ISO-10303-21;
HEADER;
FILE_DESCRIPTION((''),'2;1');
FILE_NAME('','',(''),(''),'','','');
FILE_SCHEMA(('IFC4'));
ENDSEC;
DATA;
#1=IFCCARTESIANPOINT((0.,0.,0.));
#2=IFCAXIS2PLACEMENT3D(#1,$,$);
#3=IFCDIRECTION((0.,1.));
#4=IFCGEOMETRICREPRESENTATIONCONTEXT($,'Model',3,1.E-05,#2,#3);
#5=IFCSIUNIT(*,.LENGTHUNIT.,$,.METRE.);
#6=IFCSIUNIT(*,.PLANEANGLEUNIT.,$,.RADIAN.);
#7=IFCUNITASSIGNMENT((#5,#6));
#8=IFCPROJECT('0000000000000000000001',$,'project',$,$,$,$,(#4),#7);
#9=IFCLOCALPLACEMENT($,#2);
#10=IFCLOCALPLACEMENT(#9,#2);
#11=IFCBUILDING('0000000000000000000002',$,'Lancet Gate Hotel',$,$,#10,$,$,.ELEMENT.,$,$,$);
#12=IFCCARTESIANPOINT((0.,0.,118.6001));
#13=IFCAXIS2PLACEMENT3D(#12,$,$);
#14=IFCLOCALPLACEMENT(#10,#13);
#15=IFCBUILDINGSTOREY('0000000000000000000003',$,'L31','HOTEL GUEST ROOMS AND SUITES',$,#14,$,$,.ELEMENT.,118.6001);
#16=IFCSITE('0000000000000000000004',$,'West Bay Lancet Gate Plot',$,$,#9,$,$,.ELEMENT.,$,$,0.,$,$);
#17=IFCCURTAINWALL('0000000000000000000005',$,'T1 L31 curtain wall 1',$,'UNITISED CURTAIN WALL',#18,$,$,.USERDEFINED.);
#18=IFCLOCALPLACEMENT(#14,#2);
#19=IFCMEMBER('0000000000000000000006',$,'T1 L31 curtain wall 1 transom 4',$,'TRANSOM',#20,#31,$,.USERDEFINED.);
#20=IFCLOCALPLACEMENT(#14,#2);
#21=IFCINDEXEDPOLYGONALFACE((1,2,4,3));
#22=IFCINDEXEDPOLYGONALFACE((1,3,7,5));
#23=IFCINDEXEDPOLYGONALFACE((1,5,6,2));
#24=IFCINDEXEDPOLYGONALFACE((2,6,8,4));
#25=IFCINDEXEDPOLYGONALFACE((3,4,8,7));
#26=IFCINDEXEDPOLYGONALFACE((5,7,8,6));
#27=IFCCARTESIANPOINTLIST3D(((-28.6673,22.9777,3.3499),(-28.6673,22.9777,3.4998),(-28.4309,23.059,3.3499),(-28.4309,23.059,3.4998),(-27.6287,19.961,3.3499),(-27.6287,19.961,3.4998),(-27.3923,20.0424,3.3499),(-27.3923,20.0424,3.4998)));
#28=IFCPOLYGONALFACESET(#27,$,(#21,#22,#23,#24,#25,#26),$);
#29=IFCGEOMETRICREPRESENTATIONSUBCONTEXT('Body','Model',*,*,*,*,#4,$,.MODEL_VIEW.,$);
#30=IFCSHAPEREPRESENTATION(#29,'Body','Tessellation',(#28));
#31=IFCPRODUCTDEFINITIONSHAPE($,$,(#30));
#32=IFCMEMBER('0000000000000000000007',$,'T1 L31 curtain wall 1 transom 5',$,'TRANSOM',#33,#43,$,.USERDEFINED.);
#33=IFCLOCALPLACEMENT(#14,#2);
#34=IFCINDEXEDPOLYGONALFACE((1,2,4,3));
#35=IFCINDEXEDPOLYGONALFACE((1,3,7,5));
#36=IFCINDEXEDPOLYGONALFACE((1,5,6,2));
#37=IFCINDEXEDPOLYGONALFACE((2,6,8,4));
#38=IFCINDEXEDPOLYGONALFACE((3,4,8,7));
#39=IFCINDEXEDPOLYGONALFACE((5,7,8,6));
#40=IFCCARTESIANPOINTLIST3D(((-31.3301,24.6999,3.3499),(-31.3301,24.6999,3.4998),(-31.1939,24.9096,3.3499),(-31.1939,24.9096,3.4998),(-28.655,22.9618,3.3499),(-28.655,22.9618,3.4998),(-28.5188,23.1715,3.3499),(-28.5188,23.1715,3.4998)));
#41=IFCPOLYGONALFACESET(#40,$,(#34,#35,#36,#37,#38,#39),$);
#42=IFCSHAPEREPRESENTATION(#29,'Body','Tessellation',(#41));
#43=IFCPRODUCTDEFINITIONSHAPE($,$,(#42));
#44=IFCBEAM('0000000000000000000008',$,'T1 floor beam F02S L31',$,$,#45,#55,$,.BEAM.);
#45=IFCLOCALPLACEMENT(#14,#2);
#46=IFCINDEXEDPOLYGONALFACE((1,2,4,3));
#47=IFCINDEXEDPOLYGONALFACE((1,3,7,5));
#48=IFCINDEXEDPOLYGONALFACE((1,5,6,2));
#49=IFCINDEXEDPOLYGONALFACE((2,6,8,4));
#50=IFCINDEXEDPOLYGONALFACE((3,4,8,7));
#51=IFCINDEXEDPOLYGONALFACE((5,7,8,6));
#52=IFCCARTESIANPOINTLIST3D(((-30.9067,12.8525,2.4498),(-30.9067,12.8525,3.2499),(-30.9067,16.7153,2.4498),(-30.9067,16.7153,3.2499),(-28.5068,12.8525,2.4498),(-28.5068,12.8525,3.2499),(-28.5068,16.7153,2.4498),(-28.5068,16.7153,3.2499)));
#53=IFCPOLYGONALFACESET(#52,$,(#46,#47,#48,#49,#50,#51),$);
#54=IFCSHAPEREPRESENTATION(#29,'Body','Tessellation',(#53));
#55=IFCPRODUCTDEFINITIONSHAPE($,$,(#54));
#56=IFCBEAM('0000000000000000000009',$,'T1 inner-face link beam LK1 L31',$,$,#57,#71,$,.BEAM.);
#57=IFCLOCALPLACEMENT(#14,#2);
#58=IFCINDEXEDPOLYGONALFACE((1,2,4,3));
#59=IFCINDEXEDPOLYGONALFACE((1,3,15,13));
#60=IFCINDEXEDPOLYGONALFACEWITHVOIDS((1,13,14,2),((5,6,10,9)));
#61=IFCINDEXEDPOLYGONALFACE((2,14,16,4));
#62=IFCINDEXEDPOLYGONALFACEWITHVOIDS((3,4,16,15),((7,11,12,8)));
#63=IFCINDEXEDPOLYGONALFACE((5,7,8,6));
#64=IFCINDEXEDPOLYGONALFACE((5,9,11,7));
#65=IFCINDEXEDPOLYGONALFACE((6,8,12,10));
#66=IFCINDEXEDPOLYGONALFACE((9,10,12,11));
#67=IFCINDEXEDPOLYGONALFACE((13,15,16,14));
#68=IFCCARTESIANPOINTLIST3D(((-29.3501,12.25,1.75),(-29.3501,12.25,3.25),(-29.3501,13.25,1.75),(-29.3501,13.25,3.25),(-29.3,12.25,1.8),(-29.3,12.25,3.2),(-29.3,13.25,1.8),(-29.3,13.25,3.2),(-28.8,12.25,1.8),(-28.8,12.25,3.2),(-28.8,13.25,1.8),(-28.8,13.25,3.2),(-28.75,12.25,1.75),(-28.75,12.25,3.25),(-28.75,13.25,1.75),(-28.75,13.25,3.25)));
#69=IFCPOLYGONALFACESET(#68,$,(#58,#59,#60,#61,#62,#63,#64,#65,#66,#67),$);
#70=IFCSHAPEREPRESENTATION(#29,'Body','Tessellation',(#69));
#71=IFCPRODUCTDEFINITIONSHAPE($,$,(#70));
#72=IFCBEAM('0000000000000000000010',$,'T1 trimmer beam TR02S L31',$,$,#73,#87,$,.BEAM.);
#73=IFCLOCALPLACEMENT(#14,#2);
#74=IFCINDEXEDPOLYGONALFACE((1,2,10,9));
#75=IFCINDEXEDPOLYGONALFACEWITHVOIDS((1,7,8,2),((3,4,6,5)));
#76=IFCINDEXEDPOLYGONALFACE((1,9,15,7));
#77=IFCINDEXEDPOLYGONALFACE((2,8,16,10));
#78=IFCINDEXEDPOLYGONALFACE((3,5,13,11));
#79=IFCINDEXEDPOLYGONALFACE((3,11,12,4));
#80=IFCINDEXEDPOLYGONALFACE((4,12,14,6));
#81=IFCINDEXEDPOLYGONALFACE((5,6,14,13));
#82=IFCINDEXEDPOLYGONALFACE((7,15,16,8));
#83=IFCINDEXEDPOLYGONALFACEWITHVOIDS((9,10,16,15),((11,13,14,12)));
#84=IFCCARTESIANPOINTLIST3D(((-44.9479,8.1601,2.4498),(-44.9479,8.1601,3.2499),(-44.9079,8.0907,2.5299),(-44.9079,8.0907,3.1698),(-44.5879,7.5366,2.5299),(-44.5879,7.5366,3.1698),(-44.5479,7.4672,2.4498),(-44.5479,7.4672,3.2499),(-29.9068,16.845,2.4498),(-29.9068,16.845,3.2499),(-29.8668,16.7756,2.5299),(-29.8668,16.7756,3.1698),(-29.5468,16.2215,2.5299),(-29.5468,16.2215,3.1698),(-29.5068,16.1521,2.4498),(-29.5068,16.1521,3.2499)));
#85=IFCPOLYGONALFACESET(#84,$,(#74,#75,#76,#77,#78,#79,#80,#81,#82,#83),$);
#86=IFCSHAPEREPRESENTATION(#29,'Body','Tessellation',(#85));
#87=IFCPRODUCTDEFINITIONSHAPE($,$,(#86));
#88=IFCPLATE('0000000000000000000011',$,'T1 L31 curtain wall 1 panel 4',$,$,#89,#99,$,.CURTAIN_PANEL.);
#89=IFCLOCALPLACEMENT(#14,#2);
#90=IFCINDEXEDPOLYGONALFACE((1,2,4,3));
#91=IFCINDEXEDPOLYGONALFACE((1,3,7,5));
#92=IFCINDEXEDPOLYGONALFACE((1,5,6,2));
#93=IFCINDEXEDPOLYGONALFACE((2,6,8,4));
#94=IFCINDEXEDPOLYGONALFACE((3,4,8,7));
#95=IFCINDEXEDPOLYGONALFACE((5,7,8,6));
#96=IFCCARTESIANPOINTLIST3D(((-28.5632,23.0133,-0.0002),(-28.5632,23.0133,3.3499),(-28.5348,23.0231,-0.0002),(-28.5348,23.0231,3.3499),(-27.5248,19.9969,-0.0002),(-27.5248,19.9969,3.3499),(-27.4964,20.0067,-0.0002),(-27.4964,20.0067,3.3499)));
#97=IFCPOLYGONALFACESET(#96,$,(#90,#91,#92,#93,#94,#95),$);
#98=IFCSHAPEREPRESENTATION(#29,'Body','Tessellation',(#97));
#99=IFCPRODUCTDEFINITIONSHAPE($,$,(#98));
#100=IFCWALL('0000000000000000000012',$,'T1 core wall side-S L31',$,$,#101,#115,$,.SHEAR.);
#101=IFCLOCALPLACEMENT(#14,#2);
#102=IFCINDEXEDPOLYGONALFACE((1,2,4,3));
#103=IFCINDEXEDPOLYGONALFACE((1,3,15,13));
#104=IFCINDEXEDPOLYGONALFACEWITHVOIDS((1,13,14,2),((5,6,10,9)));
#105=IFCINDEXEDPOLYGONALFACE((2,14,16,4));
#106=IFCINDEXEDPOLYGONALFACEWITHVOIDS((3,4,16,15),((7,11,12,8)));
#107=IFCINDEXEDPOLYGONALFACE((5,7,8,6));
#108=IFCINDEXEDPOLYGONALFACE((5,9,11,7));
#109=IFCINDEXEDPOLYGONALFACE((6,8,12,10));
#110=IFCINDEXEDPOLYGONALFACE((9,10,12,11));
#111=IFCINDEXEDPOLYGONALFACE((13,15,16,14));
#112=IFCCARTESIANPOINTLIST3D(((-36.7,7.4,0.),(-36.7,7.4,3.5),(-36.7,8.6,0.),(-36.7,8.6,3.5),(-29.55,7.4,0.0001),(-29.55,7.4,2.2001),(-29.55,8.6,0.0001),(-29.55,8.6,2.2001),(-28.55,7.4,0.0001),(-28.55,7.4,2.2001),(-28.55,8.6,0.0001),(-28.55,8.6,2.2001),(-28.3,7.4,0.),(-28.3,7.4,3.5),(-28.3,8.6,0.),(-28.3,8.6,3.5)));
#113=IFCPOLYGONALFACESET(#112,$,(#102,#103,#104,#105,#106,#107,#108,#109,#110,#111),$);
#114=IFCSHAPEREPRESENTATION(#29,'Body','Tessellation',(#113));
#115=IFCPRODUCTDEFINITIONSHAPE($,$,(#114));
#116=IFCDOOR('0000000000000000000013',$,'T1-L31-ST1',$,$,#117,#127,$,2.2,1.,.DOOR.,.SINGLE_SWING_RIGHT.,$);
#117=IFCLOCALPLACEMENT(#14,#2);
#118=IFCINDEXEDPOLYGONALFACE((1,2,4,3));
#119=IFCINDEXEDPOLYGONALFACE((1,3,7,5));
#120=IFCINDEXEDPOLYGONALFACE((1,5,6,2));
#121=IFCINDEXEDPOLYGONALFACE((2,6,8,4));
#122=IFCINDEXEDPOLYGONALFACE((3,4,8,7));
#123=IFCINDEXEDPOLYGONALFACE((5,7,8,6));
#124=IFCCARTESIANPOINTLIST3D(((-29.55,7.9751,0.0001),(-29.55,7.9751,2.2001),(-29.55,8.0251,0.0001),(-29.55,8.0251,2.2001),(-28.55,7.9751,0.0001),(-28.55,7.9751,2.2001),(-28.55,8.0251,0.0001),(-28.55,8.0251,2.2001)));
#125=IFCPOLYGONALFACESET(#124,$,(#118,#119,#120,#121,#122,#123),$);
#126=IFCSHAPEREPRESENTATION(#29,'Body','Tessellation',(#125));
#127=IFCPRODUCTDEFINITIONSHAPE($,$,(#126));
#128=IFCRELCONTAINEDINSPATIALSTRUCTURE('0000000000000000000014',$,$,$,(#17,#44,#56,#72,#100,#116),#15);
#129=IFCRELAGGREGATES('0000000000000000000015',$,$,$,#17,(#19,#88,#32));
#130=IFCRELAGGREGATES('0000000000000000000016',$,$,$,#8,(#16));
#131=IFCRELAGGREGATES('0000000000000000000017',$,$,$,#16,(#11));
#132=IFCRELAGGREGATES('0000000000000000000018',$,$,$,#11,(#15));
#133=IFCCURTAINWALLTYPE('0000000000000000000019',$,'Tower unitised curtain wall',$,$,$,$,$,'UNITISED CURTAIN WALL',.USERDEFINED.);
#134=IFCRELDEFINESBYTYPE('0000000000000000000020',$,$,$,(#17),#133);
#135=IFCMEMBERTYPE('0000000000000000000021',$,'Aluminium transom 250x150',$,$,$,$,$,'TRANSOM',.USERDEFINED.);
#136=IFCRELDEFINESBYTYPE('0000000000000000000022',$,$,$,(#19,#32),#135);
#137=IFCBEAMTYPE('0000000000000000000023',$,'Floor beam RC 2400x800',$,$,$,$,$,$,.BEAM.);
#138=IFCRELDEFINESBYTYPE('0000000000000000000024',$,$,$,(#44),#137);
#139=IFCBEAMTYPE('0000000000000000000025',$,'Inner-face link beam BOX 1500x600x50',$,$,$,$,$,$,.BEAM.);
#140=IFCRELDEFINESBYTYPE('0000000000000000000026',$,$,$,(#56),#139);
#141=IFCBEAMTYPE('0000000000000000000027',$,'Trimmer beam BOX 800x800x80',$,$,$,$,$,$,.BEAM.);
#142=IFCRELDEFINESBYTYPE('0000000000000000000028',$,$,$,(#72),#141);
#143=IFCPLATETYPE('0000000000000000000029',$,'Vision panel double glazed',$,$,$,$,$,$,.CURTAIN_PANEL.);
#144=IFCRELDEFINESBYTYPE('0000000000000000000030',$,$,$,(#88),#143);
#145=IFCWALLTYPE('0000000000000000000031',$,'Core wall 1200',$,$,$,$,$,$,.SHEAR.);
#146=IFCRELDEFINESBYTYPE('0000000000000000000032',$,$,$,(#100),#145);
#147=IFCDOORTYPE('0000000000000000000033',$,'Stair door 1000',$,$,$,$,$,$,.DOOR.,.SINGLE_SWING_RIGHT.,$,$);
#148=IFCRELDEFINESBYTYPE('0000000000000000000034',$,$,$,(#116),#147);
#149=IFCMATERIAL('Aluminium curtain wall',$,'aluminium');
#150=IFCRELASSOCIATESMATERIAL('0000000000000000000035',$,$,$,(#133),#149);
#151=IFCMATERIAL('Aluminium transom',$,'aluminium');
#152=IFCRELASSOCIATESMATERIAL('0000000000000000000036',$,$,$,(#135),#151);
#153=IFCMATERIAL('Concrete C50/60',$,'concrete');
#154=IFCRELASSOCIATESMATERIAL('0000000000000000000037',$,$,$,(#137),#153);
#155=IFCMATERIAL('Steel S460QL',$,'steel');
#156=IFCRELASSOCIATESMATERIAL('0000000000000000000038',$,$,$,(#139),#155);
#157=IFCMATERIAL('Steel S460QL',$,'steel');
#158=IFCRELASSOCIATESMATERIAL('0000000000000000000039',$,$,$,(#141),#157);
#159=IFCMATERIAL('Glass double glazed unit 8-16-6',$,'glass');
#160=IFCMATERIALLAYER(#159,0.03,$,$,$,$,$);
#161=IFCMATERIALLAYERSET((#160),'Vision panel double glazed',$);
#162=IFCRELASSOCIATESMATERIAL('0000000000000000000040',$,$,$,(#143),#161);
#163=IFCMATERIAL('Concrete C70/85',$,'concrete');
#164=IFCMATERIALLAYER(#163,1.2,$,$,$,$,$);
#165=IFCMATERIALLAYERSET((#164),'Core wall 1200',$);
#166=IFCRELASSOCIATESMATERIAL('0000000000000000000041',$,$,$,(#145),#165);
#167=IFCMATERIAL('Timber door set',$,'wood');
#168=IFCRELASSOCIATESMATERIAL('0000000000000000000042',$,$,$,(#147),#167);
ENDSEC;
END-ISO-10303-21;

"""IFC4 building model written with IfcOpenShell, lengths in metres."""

from ifc_helpers import new_model, si_unit, direction, frame, frame_2d, origin, origin_2d, place, context, subcontext, project, spatial, rectangle, hollow_rectangle, extrude, material, layer, layer_set, material_profile, profile_set, type_object, element, fill, aggregate, save


model = new_model("IFC4")

# Units and contexts
model_context = context("Model", 3, precision=1e-05, world=origin(), true_north=direction((0.0, 1.0)))
body_context = subcontext(model_context, "Body", "Model", "MODEL_VIEW")
ifc_project = project(units=[si_unit("LENGTHUNIT", "METRE"), si_unit("PLANEANGLEUNIT", "RADIAN")], contexts=[model_context])

# Site, building, storey
site_placement = place(None, origin())
site = spatial("IfcSite", under=ifc_project, at=site_placement, Name="West Bay Lancet Gate Plot", CompositionType="ELEMENT", RefElevation=0.0)
building_placement = place(site_placement, origin())
building = spatial("IfcBuilding", under=site, at=building_placement, Name="Lancet Gate Hotel", CompositionType="ELEMENT")
storey_placement = place(building_placement, frame((0.0, 0.0, 118.6001)))
storey = spatial("IfcBuildingStorey", under=building, at=storey_placement, Name="L31", Description="HOTEL GUEST ROOMS AND SUITES", CompositionType="ELEMENT", Elevation=118.6001)

# Curtain wall, members
ifc_material_1 = material(Name="Aluminium curtain wall", Category="aluminium")
curtain_wall_type = type_object("IfcCurtainWallType", Name="Tower unitised curtain wall", ElementType="UNITISED CURTAIN WALL", PredefinedType="USERDEFINED", material=ifc_material_1)
curtain_wall_placement = place(storey_placement, origin())
curtain_wall = element("IfcCurtainWall", 1, at=curtain_wall_placement, inside=storey, type_object=curtain_wall_type, Name="T1 L31 curtain wall 1", ObjectType="UNITISED CURTAIN WALL", PredefinedType="USERDEFINED")
ifc_material_2 = material(Name="Aluminium transom", Category="aluminium")
ifc_material_profile_1 = material_profile(ifc_material_2, rectangle(XDim=0.25, YDim=0.1499, at=origin_2d()), Name="TRANSOM 250x150")
ifc_profile_set_1 = profile_set([ifc_material_profile_1], Name="Aluminium transom")
member_type_1 = type_object("IfcMemberType", Name="Aluminium transom 250x150", ElementType="TRANSOM", PredefinedType="USERDEFINED", material=ifc_profile_set_1)
member_1_placement = place(storey_placement, frame((-27.5105, 20.0017, 3.4248), z_axis=(-0.325533, 0.945531, 0.0), x_axis=(-0.945531, -0.325533, 0.0)))
member_1 = element("IfcMember", 2, at=member_1_placement, type_object=member_type_1, Name="T1 L31 curtain wall 1 transom 4", ObjectType="TRANSOM", PredefinedType="USERDEFINED", context=body_context, shape_type="SweptSolid", body=[
    extrude(rectangle(XDim=0.25, YDim=0.1499, at=origin_2d()), origin(), (0.0, 0.0, 1.0), 3.1904),
])
member_2_placement = place(storey_placement, frame((-28.5869, 23.0667, 3.4248), z_axis=(-0.83855, 0.544824, 0.0), x_axis=(-0.544824, -0.83855, 0.0)))
member_2 = element("IfcMember", 3, at=member_2_placement, type_object=member_type_1, Name="T1 L31 curtain wall 1 transom 5", ObjectType="TRANSOM", PredefinedType="USERDEFINED", context=body_context, shape_type="SweptSolid", body=[
    extrude(rectangle(XDim=0.25, YDim=0.1499, at=origin_2d()), origin(), (0.0, 0.0, 1.0), 3.1902),
])

# Beams
ifc_material_3 = material(Name="Concrete C50/60", Category="concrete")
ifc_material_profile_2 = material_profile(ifc_material_3, rectangle(XDim=2.3999, YDim=0.8, at=origin_2d()), Name="RC 2400x800")
ifc_profile_set_2 = profile_set([ifc_material_profile_2], Name="Concrete C50/60")
beam_type_1 = type_object("IfcBeamType", Name="Floor beam RC 2400x800", PredefinedType="BEAM", material=ifc_profile_set_2)
beam_1_placement = place(storey_placement, frame((-29.7068, 16.7153, 2.8499), z_axis=(0.0, -1.0, 0.0), x_axis=(1.0, 0.0, 0.0)))
element("IfcBeam", 4, at=beam_1_placement, inside=storey, type_object=beam_type_1, Name="T1 floor beam F02S L31", PredefinedType="BEAM", context=body_context, shape_type="SweptSolid", body=[
    extrude(rectangle(XDim=2.3999, YDim=0.8, at=origin_2d()), origin(), (0.0, 0.0, 1.0), 3.8628),
])
ifc_material_4 = material(Name="Steel S460QL", Category="steel")
ifc_material_profile_3 = material_profile(ifc_material_4, hollow_rectangle(XDim=0.6001, YDim=1.5, WallThickness=0.05, at=origin_2d()), Name="BOX 1500x600x50")
ifc_profile_set_3 = profile_set([ifc_material_profile_3], Name="Steel S460QL")
beam_type_2 = type_object("IfcBeamType", Name="Inner-face link beam BOX 1500x600x50", PredefinedType="BEAM", material=ifc_profile_set_3)
beam_2_placement = place(storey_placement, frame((-29.05, 13.25, 2.5), z_axis=(0.0, -1.0, 0.0), x_axis=(1.0, 0.0, 0.0)))
element("IfcBeam", 5, at=beam_2_placement, inside=storey, type_object=beam_type_2, Name="T1 inner-face link beam LK1 L31", PredefinedType="BEAM", context=body_context, shape_type="SweptSolid", body=[
    extrude(hollow_rectangle(XDim=0.6001, YDim=1.5, WallThickness=0.05, at=origin_2d()), origin(), (0.0, 0.0, 1.0), 1.0),
])
ifc_material_5 = material(Name="Steel S460QL", Category="steel")
ifc_material_profile_4 = material_profile(ifc_material_5, hollow_rectangle(XDim=0.8, YDim=0.8, WallThickness=0.0801, at=origin_2d()), Name="BOX 800x800x80")
ifc_profile_set_4 = profile_set([ifc_material_profile_4], Name="Steel S460QL")
beam_type_3 = type_object("IfcBeamType", Name="Trimmer beam BOX 800x800x80", PredefinedType="BEAM", material=ifc_profile_set_4)
beam_3_placement = place(storey_placement, frame((-29.7068, 16.4985, 2.8499), z_axis=(-0.866003, -0.500038, 0.0), x_axis=(0.500038, -0.866003, 0.0)))
element("IfcBeam", 6, at=beam_3_placement, inside=storey, type_object=beam_type_3, Name="T1 trimmer beam TR02S L31", PredefinedType="BEAM", context=body_context, shape_type="SweptSolid", body=[
    extrude(hollow_rectangle(XDim=0.8, YDim=0.8, WallThickness=0.0801, at=origin_2d()), origin(), (0.0, 0.0, 1.0), 17.3684),
])

# Plate
ifc_material_6 = material(Name="Glass double glazed unit 8-16-6", Category="glass")
ifc_layer_1 = layer(ifc_material_6, 0.03)
ifc_layer_set_1 = layer_set([ifc_layer_1], Name="Vision panel double glazed")
plate_type = type_object("IfcPlateType", Name="Vision panel double glazed", PredefinedType="CURTAIN_PANEL", material=ifc_layer_set_1)
plate_placement = place(storey_placement, frame((-28.0298, 21.51, -0.0002), z_axis=(0.0, 0.0, 1.0), x_axis=(-0.325516, 0.945537, 0.0)))
plate = element("IfcPlate", 7, at=plate_placement, type_object=plate_type, Name="T1 L31 curtain wall 1 panel 4", PredefinedType="CURTAIN_PANEL", context=body_context, shape_type="SweptSolid", body=[
    extrude(rectangle(XDim=3.1902, YDim=0.03, at=origin_2d()), origin(), (0.0, 0.0, 1.0), 3.3501),
])
aggregate(curtain_wall, [member_1, plate, member_2])

# Wall, opening, door
ifc_material_7 = material(Name="Concrete C70/85", Category="concrete")
ifc_layer_2 = layer(ifc_material_7, 1.2)
ifc_layer_set_2 = layer_set([ifc_layer_2], Name="Core wall 1200")
wall_type_1 = type_object("IfcWallType", Name="Core wall 1200", PredefinedType="SHEAR", material=ifc_layer_set_2)
wall_1_placement = place(storey_placement, frame((-28.3, 8.0, 0.0), z_axis=(0.0, 0.0, 1.0), x_axis=(-1.0, 0.0, 0.0)))
wall_1 = element("IfcWall", 8, at=wall_1_placement, inside=storey, type_object=wall_type_1, Name="T1 core wall side-S L31", PredefinedType="SHEAR", context=body_context, shape_type="SweptSolid", body=[
    extrude(rectangle(XDim=8.3999, YDim=1.2, at=frame_2d((4.2, 0.0))), origin(), (0.0, 0.0, 1.0), 3.5),
])
opening_1_placement = place(wall_1_placement, frame((0.25, 0.0, 0.0)))
opening_1 = element("IfcOpeningElement", 9, at=opening_1_placement, cuts=wall_1, PredefinedType="OPENING", context=body_context, shape_type="SweptSolid", body=[
    extrude(rectangle(XDim=1.0, YDim=2.2, at=frame_2d((0.5, 1.1001))), frame((0.0, 0.6099, 0.0), z_axis=(0.0, -1.0, 0.0), x_axis=(1.0, 0.0, 0.0)), (0.0, 0.0, 1.0), 1.22),
])
ifc_material_8 = material(Name="Timber door set", Category="wood")
door_type = type_object("IfcDoorType", Name="Stair door 1000", OperationType="SINGLE_SWING_RIGHT", PredefinedType="DOOR", material=ifc_material_8)
door_placement = place(opening_1_placement, origin())
door = element("IfcDoor", 10, at=door_placement, inside=storey, type_object=door_type, Name="T1-L31-ST1", OperationType="SINGLE_SWING_RIGHT", OverallHeight=2.2, OverallWidth=1.0, PredefinedType="DOOR", context=body_context, shape_type="SweptSolid", body=[
    extrude(rectangle(XDim=1.0, YDim=2.2, at=frame_2d((0.5, 1.1001))), frame((0.0, 0.0249, 0.0), z_axis=(0.0, -1.0, 0.0), x_axis=(1.0, 0.0, 0.0)), (0.0, 0.0, 1.0), 0.05),
])
fill(opening_1, door)

save(model, "model.ifc")
